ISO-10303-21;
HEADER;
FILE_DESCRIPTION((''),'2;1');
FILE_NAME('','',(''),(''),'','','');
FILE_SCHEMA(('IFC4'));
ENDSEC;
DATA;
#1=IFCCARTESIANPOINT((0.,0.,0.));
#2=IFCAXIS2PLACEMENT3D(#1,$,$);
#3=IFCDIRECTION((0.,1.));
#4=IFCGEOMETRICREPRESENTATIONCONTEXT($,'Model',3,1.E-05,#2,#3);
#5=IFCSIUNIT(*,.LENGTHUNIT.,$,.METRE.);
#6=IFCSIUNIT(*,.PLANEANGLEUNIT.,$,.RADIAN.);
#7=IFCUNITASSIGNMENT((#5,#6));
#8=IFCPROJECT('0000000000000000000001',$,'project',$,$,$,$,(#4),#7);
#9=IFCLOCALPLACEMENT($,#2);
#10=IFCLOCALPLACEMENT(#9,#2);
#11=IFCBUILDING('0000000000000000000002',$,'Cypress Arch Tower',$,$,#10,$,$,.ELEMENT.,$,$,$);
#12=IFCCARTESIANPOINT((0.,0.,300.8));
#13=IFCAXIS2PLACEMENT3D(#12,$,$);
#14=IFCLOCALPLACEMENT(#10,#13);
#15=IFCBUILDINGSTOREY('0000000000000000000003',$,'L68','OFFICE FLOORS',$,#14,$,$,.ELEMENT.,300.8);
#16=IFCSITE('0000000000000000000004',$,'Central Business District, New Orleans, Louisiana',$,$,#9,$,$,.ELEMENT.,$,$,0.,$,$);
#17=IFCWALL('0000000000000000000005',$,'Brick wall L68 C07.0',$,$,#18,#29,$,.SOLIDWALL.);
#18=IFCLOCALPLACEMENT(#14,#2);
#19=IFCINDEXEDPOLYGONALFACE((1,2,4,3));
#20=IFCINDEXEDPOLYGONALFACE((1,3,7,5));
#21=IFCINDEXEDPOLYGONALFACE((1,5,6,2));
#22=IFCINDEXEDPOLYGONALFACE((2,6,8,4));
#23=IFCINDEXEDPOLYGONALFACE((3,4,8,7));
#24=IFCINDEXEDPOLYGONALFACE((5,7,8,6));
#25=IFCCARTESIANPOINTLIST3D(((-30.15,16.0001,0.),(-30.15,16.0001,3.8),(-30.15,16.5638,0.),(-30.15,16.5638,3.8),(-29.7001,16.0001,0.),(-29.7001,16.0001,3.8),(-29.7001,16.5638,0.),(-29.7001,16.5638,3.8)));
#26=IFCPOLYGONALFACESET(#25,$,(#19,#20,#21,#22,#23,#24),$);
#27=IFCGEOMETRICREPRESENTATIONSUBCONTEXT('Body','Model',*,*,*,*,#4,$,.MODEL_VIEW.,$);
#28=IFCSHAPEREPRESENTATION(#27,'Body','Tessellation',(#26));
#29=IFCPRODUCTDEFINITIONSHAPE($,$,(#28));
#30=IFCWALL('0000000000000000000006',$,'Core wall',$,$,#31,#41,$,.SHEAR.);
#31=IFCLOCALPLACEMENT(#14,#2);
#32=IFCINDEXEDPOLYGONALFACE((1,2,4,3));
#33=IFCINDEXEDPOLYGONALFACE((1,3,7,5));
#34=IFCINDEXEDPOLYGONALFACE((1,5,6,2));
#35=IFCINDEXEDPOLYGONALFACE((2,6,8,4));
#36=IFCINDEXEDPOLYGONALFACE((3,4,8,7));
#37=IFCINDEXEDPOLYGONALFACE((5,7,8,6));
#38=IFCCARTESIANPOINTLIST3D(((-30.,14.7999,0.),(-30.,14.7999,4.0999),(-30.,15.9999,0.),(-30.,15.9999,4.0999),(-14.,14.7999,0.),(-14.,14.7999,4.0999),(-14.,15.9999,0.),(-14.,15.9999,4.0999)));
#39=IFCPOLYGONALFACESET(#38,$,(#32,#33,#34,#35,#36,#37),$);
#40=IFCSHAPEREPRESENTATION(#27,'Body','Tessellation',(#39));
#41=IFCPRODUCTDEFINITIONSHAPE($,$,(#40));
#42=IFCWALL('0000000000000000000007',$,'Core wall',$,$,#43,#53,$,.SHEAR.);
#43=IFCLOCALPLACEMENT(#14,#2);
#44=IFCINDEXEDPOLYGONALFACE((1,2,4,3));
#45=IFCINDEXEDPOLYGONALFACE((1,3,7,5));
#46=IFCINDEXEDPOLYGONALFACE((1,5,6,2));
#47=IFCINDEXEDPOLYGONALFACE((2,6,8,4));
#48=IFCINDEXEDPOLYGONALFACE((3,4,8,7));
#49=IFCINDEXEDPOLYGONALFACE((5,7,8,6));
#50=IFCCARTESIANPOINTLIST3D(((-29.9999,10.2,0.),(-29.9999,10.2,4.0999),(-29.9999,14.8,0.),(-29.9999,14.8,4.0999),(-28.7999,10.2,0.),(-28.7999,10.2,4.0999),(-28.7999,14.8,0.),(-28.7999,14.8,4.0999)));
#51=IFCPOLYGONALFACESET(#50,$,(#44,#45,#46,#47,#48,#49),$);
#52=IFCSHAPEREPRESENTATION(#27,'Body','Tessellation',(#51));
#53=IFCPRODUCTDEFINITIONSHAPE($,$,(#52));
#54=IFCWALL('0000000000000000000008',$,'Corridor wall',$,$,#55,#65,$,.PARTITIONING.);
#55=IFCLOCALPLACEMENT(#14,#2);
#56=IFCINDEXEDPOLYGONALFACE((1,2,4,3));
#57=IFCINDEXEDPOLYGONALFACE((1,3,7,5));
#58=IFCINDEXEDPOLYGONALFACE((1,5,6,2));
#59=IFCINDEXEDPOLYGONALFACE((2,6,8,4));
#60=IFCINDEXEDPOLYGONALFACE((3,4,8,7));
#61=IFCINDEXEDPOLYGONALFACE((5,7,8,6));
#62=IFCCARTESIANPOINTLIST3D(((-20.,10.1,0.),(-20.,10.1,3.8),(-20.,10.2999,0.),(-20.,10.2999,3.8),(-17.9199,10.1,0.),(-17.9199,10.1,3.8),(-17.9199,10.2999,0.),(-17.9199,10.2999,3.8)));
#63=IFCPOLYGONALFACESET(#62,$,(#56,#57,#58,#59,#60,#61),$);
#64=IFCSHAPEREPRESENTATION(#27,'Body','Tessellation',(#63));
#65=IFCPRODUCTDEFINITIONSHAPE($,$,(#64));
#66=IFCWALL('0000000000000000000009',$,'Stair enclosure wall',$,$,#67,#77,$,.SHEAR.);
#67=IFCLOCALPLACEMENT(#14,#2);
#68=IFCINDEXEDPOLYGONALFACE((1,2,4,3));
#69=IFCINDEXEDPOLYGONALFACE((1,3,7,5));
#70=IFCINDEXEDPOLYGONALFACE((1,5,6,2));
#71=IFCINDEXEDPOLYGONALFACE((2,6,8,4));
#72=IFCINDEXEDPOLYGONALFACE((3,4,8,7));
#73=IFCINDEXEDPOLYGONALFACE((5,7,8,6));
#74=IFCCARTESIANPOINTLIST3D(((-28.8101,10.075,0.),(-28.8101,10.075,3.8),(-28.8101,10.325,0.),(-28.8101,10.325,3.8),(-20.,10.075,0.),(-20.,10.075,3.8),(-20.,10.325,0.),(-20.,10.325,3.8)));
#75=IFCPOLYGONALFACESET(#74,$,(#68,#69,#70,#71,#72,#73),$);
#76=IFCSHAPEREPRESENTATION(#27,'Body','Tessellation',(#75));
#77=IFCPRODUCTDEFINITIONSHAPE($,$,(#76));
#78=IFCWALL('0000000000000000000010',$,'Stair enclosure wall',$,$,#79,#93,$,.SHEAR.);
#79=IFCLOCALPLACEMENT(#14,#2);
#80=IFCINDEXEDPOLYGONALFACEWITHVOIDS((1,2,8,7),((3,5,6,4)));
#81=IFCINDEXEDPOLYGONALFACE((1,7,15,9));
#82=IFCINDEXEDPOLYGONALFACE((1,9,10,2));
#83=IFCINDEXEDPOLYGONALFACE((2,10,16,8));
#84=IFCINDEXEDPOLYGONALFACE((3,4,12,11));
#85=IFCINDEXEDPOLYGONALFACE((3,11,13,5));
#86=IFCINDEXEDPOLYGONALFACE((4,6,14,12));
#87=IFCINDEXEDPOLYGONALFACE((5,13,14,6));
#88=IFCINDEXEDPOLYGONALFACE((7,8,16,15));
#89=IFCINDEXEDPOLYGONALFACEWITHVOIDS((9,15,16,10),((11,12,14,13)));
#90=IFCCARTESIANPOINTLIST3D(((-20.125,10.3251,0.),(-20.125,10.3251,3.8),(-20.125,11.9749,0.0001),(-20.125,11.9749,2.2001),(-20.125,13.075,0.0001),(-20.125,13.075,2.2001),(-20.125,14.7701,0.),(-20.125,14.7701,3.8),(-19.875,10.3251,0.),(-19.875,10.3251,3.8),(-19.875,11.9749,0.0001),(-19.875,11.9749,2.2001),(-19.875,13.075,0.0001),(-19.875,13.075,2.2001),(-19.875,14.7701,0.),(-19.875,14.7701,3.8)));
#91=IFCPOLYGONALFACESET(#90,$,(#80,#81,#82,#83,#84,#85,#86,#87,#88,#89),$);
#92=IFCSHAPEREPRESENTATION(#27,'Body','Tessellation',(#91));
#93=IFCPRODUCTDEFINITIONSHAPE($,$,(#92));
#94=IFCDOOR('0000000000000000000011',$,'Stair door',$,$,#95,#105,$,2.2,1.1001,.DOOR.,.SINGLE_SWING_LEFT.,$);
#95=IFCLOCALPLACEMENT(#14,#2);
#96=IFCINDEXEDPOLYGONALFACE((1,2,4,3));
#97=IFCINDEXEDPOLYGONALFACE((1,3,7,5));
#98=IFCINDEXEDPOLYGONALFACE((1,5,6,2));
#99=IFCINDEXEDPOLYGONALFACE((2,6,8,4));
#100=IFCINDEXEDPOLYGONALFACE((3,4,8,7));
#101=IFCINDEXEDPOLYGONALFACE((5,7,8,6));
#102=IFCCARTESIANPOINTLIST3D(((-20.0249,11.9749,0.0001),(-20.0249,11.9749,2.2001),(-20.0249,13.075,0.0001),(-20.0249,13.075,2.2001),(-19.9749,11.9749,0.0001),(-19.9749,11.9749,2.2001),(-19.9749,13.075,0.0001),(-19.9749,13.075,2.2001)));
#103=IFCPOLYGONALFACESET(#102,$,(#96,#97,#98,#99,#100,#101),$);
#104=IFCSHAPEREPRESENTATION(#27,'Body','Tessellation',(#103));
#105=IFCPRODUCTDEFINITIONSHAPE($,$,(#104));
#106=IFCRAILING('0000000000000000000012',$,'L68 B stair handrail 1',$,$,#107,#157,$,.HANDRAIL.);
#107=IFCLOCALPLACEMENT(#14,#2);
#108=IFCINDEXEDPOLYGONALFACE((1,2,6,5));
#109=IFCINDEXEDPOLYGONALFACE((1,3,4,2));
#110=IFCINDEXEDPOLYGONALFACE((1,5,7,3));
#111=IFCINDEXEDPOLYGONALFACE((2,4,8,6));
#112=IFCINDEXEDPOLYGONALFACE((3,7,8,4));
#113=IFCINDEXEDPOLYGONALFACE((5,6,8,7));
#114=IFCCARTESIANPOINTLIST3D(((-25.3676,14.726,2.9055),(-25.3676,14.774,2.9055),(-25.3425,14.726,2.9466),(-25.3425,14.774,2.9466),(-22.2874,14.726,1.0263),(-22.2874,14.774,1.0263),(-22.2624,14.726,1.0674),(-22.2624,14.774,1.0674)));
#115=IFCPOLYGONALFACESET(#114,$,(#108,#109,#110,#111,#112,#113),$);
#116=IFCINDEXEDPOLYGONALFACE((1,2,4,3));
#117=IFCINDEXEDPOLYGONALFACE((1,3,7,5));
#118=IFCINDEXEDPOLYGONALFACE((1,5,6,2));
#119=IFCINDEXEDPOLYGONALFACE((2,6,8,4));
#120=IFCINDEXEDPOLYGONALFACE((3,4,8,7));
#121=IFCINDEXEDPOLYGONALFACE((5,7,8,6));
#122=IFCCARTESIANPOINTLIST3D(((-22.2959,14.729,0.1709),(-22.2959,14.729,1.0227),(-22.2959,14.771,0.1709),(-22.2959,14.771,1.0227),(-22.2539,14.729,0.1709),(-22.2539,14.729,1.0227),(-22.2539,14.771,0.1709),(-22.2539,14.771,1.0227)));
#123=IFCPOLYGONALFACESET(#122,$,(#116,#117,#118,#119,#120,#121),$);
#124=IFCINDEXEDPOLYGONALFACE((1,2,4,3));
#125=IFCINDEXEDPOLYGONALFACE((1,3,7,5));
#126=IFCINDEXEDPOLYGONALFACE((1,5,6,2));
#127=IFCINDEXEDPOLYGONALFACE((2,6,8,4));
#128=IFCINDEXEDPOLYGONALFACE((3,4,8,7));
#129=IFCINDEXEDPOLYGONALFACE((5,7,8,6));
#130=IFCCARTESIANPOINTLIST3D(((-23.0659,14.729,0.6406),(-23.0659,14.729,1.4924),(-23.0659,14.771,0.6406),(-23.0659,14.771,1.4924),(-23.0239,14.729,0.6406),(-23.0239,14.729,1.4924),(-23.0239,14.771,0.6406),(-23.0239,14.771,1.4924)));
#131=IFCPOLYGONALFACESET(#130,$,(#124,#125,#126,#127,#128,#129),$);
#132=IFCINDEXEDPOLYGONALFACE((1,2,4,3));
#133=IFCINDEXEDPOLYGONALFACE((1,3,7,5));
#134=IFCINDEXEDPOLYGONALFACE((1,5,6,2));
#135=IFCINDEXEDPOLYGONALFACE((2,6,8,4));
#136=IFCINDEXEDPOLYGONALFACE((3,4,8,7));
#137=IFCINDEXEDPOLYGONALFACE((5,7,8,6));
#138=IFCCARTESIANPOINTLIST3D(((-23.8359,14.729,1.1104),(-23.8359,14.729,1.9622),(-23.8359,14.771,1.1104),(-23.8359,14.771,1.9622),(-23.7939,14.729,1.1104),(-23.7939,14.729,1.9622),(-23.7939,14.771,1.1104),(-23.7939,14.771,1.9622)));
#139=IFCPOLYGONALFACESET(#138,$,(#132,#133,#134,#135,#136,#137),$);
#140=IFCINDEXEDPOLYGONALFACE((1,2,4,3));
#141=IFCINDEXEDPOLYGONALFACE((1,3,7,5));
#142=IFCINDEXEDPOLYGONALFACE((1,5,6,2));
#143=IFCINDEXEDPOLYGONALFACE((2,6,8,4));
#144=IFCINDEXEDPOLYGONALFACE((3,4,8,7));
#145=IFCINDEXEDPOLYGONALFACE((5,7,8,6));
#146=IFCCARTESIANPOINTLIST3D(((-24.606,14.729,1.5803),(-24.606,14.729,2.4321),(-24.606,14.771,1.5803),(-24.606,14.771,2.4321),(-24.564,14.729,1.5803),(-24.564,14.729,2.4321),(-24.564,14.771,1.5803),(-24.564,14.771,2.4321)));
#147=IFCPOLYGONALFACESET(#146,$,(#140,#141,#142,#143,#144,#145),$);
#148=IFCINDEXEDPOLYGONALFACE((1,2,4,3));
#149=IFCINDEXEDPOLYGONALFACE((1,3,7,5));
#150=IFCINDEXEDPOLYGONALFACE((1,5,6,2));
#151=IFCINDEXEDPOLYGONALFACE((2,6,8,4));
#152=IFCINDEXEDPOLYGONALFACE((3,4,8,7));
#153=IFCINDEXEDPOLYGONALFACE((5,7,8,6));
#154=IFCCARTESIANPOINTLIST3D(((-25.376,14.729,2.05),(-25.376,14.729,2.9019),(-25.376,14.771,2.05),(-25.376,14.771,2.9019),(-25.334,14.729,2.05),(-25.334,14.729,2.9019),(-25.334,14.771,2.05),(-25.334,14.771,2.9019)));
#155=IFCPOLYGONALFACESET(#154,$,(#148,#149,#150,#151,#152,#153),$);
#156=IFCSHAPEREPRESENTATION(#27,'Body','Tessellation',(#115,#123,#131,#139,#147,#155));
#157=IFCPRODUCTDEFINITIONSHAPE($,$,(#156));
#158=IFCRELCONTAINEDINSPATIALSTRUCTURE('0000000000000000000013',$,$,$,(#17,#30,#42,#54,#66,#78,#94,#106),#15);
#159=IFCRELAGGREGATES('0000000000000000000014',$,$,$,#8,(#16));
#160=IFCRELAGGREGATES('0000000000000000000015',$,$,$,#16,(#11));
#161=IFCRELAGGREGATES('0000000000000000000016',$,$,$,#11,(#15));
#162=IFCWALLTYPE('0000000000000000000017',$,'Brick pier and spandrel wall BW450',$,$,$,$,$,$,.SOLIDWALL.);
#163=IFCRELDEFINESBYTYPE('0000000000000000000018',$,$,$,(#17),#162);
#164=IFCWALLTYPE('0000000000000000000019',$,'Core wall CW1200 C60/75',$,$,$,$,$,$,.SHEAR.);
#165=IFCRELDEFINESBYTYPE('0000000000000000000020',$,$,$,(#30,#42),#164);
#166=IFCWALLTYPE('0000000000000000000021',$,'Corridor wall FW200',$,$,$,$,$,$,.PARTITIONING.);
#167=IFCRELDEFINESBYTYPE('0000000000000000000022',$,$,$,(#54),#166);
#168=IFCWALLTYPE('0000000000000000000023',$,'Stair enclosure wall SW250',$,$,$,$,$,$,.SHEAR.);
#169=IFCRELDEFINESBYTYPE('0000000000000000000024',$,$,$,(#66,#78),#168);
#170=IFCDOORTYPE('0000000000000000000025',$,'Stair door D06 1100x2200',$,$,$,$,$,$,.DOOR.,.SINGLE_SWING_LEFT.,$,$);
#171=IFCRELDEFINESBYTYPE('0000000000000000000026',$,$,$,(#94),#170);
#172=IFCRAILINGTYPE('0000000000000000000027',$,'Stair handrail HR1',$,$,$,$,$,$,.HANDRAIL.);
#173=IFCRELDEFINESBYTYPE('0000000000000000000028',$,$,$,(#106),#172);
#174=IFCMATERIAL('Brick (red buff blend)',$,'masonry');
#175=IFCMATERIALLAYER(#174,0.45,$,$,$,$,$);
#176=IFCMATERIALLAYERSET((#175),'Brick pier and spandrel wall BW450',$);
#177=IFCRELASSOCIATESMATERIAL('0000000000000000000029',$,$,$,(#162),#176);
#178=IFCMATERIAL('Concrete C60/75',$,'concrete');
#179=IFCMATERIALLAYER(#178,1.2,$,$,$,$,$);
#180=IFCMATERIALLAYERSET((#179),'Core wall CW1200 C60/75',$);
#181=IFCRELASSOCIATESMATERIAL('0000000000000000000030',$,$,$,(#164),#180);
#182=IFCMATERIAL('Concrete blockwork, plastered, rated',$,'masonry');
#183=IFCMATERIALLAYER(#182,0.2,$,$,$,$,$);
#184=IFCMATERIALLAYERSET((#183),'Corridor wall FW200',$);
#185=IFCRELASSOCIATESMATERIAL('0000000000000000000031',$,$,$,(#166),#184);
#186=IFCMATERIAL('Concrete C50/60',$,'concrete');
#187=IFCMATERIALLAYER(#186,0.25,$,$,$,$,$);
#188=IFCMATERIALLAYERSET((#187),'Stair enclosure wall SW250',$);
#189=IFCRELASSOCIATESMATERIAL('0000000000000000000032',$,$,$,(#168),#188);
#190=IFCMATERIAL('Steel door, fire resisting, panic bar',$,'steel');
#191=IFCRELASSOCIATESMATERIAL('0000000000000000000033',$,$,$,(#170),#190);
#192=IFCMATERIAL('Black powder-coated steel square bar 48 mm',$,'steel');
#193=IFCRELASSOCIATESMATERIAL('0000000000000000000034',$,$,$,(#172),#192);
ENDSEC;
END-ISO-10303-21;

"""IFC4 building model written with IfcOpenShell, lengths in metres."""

from ifc_helpers import new_model, si_unit, direction, frame, frame_2d, origin, origin_2d, place, context, subcontext, project, spatial, rectangle, extrude, material, layer, layer_set, type_object, element, fill, save


model = new_model("IFC4")

# Units and contexts
model_context = context("Model", 3, precision=1e-05, world=origin(), true_north=direction((0.0, 1.0)))
body_context = subcontext(model_context, "Body", "Model", "MODEL_VIEW")
ifc_project = project(units=[si_unit("LENGTHUNIT", "METRE"), si_unit("PLANEANGLEUNIT", "RADIAN")], contexts=[model_context])

# Site, building, storey
site_placement = place(None, origin())
site = spatial("IfcSite", under=ifc_project, at=site_placement, Name="Central Business District, New Orleans, Louisiana", CompositionType="ELEMENT", RefElevation=0.0)
building_placement = place(site_placement, origin())
building = spatial("IfcBuilding", under=site, at=building_placement, Name="Cypress Arch Tower", CompositionType="ELEMENT")
storey_placement = place(building_placement, frame((0.0, 0.0, 300.8)))
storey = spatial("IfcBuildingStorey", under=building, at=storey_placement, Name="L68", Description="OFFICE FLOORS", CompositionType="ELEMENT", Elevation=300.8)

# Shared definitions
ifc_material_1 = material(Name="Brick (red buff blend)", Category="masonry")
ifc_layer_1 = layer(ifc_material_1, 0.45)
ifc_layer_set_1 = layer_set([ifc_layer_1], Name="Brick pier and spandrel wall BW450")
wall_type_1 = type_object("IfcWallType", Name="Brick pier and spandrel wall BW450", PredefinedType="SOLIDWALL", material=ifc_layer_set_1)

# Walls
wall_1_placement = place(storey_placement, frame((-29.925, 16.5637, 0.0), z_axis=(0.0, 0.0, 1.0), x_axis=(0.0, -1.0, 0.0)))
element("IfcWall", 1, at=wall_1_placement, inside=storey, type_object=wall_type_1, Name="Brick wall L68 C07.0", PredefinedType="SOLIDWALL", context=body_context, shape_type="SweptSolid", body=[
    extrude(rectangle(XDim=0.5637, YDim=0.45, at=frame_2d((0.2817, 0.0))), origin(), (0.0, 0.0, 1.0), 3.8),
])
ifc_material_2 = material(Name="Concrete C60/75", Category="concrete")
ifc_layer_2 = layer(ifc_material_2, 1.2)
ifc_layer_set_2 = layer_set([ifc_layer_2], Name="Core wall CW1200 C60/75")
wall_type_2 = type_object("IfcWallType", Name="Core wall CW1200 C60/75", PredefinedType="SHEAR", material=ifc_layer_set_2)
wall_2_placement = place(storey_placement, frame((-30.0, 15.3999, 0.0), z_axis=(0.0, 0.0, 1.0), x_axis=(1.0, 0.0, 0.0)))
element("IfcWall", 2, at=wall_2_placement, inside=storey, type_object=wall_type_2, Name="Core wall", PredefinedType="SHEAR", context=body_context, shape_type="SweptSolid", body=[
    extrude(rectangle(XDim=16.0, YDim=1.2, at=frame_2d((8.0, 0.0))), origin(), (0.0, 0.0, 1.0), 4.0999),
])
wall_3_placement = place(storey_placement, frame((-29.3999, 10.2, 0.0), z_axis=(0.0, 0.0, 1.0), x_axis=(0.0, 1.0, 0.0)))
element("IfcWall", 3, at=wall_3_placement, inside=storey, type_object=wall_type_2, Name="Core wall", PredefinedType="SHEAR", context=body_context, shape_type="SweptSolid", body=[
    extrude(rectangle(XDim=4.6001, YDim=1.2, at=frame_2d((2.3, 0.0))), origin(), (0.0, 0.0, 1.0), 4.0999),
])
ifc_material_3 = material(Name="Concrete blockwork, plastered, rated", Category="masonry")
ifc_layer_3 = layer(ifc_material_3, 0.2)
ifc_layer_set_3 = layer_set([ifc_layer_3], Name="Corridor wall FW200")
wall_type_3 = type_object("IfcWallType", Name="Corridor wall FW200", PredefinedType="PARTITIONING", material=ifc_layer_set_3)
wall_4_placement = place(storey_placement, frame((-20.0, 10.2, 0.0), z_axis=(0.0, 0.0, 1.0), x_axis=(1.0, 0.0, 0.0)))
element("IfcWall", 4, at=wall_4_placement, inside=storey, type_object=wall_type_3, Name="Corridor wall", PredefinedType="PARTITIONING", context=body_context, shape_type="SweptSolid", body=[
    extrude(rectangle(XDim=2.0801, YDim=0.2, at=frame_2d((1.04, 0.0))), origin(), (0.0, 0.0, 1.0), 3.8),
])
ifc_material_4 = material(Name="Concrete C50/60", Category="concrete")
ifc_layer_4 = layer(ifc_material_4, 0.25)
ifc_layer_set_4 = layer_set([ifc_layer_4], Name="Stair enclosure wall SW250")
wall_type_4 = type_object("IfcWallType", Name="Stair enclosure wall SW250", PredefinedType="SHEAR", material=ifc_layer_set_4)
wall_5_placement = place(storey_placement, frame((-28.8101, 10.2, 0.0), z_axis=(0.0, 0.0, 1.0), x_axis=(1.0, 0.0, 0.0)))
element("IfcWall", 5, at=wall_5_placement, inside=storey, type_object=wall_type_4, Name="Stair enclosure wall", PredefinedType="SHEAR", context=body_context, shape_type="SweptSolid", body=[
    extrude(rectangle(XDim=8.8101, YDim=0.25, at=frame_2d((4.405, 0.0))), origin(), (0.0, 0.0, 1.0), 3.8),
])

# Wall, opening, door
wall_6_placement = place(storey_placement, frame((-20.0, 10.325, 0.0), z_axis=(0.0, 0.0, 1.0), x_axis=(0.0, 1.0, 0.0)))
wall_6 = element("IfcWall", 6, at=wall_6_placement, inside=storey, type_object=wall_type_4, Name="Stair enclosure wall", PredefinedType="SHEAR", context=body_context, shape_type="SweptSolid", body=[
    extrude(rectangle(XDim=4.4451, YDim=0.25, at=frame_2d((2.2227, 0.0))), origin(), (0.0, 0.0, 1.0), 3.8),
])
opening_1_placement = place(wall_6_placement, frame((1.6499, 0.0, 0.0)))
opening_1 = element("IfcOpeningElement", 7, at=opening_1_placement, cuts=wall_6, PredefinedType="OPENING", context=body_context, shape_type="SweptSolid", body=[
    extrude(rectangle(XDim=1.1001, YDim=2.2, at=frame_2d((0.55, 1.1001))), frame((0.0, 0.135, 0.0), z_axis=(0.0, -1.0, 0.0), x_axis=(1.0, 0.0, 0.0)), (0.0, 0.0, 1.0), 0.27),
])
ifc_material_5 = material(Name="Steel door, fire resisting, panic bar", Category="steel")
door_type = type_object("IfcDoorType", Name="Stair door D06 1100x2200", OperationType="SINGLE_SWING_LEFT", PredefinedType="DOOR", material=ifc_material_5)
door_placement = place(opening_1_placement, origin())
door = element("IfcDoor", 8, at=door_placement, inside=storey, type_object=door_type, Name="Stair door", OperationType="SINGLE_SWING_LEFT", OverallHeight=2.2, OverallWidth=1.1001, PredefinedType="DOOR", context=body_context, shape_type="SweptSolid", body=[
    extrude(rectangle(XDim=1.1001, YDim=2.2, at=frame_2d((0.55, 1.1001))), frame((0.0, 0.0249, 0.0), z_axis=(0.0, -1.0, 0.0), x_axis=(1.0, 0.0, 0.0)), (0.0, 0.0, 1.0), 0.05),
])
fill(opening_1, door)

# Railing
ifc_material_6 = material(Name="Black powder-coated steel square bar 48 mm", Category="steel")
railing_type_1 = type_object("IfcRailingType", Name="Stair handrail HR1", PredefinedType="HANDRAIL", material=ifc_material_6)
railing_1_placement = place(storey_placement, frame((-22.2749, 14.75, 0.1709)))
element("IfcRailing", 9, at=railing_1_placement, inside=storey, type_object=railing_type_1, Name="L68 B stair handrail 1", PredefinedType="HANDRAIL", context=body_context, shape_type="SweptSolid", body=[
    extrude(rectangle(XDim=0.0481, YDim=0.0481, at=origin_2d()), frame((0.0, 0.0, 0.876), z_axis=(-0.853666, 0.0, 0.52082), x_axis=(0.0, -1.0, 0.0)), (0.0, 0.0, 1.0), 3.6082),
    extrude(rectangle(XDim=0.042, YDim=0.042, at=origin_2d()), origin(), (0.0, 0.0, 1.0), 0.8518),
    extrude(rectangle(XDim=0.042, YDim=0.042, at=origin_2d()), frame((-0.77, 0.0, 0.4697)), (0.0, 0.0, 1.0), 0.8518),
    extrude(rectangle(XDim=0.042, YDim=0.042, at=origin_2d()), frame((-1.54, 0.0, 0.9395)), (0.0, 0.0, 1.0), 0.8518),
    extrude(rectangle(XDim=0.042, YDim=0.042, at=origin_2d()), frame((-2.3101, 0.0, 1.4094)), (0.0, 0.0, 1.0), 0.8518),
    extrude(rectangle(XDim=0.042, YDim=0.042, at=origin_2d()), frame((-3.0801, 0.0, 1.8792)), (0.0, 0.0, 1.0), 0.8518),
])

save(model, "model.ifc")
